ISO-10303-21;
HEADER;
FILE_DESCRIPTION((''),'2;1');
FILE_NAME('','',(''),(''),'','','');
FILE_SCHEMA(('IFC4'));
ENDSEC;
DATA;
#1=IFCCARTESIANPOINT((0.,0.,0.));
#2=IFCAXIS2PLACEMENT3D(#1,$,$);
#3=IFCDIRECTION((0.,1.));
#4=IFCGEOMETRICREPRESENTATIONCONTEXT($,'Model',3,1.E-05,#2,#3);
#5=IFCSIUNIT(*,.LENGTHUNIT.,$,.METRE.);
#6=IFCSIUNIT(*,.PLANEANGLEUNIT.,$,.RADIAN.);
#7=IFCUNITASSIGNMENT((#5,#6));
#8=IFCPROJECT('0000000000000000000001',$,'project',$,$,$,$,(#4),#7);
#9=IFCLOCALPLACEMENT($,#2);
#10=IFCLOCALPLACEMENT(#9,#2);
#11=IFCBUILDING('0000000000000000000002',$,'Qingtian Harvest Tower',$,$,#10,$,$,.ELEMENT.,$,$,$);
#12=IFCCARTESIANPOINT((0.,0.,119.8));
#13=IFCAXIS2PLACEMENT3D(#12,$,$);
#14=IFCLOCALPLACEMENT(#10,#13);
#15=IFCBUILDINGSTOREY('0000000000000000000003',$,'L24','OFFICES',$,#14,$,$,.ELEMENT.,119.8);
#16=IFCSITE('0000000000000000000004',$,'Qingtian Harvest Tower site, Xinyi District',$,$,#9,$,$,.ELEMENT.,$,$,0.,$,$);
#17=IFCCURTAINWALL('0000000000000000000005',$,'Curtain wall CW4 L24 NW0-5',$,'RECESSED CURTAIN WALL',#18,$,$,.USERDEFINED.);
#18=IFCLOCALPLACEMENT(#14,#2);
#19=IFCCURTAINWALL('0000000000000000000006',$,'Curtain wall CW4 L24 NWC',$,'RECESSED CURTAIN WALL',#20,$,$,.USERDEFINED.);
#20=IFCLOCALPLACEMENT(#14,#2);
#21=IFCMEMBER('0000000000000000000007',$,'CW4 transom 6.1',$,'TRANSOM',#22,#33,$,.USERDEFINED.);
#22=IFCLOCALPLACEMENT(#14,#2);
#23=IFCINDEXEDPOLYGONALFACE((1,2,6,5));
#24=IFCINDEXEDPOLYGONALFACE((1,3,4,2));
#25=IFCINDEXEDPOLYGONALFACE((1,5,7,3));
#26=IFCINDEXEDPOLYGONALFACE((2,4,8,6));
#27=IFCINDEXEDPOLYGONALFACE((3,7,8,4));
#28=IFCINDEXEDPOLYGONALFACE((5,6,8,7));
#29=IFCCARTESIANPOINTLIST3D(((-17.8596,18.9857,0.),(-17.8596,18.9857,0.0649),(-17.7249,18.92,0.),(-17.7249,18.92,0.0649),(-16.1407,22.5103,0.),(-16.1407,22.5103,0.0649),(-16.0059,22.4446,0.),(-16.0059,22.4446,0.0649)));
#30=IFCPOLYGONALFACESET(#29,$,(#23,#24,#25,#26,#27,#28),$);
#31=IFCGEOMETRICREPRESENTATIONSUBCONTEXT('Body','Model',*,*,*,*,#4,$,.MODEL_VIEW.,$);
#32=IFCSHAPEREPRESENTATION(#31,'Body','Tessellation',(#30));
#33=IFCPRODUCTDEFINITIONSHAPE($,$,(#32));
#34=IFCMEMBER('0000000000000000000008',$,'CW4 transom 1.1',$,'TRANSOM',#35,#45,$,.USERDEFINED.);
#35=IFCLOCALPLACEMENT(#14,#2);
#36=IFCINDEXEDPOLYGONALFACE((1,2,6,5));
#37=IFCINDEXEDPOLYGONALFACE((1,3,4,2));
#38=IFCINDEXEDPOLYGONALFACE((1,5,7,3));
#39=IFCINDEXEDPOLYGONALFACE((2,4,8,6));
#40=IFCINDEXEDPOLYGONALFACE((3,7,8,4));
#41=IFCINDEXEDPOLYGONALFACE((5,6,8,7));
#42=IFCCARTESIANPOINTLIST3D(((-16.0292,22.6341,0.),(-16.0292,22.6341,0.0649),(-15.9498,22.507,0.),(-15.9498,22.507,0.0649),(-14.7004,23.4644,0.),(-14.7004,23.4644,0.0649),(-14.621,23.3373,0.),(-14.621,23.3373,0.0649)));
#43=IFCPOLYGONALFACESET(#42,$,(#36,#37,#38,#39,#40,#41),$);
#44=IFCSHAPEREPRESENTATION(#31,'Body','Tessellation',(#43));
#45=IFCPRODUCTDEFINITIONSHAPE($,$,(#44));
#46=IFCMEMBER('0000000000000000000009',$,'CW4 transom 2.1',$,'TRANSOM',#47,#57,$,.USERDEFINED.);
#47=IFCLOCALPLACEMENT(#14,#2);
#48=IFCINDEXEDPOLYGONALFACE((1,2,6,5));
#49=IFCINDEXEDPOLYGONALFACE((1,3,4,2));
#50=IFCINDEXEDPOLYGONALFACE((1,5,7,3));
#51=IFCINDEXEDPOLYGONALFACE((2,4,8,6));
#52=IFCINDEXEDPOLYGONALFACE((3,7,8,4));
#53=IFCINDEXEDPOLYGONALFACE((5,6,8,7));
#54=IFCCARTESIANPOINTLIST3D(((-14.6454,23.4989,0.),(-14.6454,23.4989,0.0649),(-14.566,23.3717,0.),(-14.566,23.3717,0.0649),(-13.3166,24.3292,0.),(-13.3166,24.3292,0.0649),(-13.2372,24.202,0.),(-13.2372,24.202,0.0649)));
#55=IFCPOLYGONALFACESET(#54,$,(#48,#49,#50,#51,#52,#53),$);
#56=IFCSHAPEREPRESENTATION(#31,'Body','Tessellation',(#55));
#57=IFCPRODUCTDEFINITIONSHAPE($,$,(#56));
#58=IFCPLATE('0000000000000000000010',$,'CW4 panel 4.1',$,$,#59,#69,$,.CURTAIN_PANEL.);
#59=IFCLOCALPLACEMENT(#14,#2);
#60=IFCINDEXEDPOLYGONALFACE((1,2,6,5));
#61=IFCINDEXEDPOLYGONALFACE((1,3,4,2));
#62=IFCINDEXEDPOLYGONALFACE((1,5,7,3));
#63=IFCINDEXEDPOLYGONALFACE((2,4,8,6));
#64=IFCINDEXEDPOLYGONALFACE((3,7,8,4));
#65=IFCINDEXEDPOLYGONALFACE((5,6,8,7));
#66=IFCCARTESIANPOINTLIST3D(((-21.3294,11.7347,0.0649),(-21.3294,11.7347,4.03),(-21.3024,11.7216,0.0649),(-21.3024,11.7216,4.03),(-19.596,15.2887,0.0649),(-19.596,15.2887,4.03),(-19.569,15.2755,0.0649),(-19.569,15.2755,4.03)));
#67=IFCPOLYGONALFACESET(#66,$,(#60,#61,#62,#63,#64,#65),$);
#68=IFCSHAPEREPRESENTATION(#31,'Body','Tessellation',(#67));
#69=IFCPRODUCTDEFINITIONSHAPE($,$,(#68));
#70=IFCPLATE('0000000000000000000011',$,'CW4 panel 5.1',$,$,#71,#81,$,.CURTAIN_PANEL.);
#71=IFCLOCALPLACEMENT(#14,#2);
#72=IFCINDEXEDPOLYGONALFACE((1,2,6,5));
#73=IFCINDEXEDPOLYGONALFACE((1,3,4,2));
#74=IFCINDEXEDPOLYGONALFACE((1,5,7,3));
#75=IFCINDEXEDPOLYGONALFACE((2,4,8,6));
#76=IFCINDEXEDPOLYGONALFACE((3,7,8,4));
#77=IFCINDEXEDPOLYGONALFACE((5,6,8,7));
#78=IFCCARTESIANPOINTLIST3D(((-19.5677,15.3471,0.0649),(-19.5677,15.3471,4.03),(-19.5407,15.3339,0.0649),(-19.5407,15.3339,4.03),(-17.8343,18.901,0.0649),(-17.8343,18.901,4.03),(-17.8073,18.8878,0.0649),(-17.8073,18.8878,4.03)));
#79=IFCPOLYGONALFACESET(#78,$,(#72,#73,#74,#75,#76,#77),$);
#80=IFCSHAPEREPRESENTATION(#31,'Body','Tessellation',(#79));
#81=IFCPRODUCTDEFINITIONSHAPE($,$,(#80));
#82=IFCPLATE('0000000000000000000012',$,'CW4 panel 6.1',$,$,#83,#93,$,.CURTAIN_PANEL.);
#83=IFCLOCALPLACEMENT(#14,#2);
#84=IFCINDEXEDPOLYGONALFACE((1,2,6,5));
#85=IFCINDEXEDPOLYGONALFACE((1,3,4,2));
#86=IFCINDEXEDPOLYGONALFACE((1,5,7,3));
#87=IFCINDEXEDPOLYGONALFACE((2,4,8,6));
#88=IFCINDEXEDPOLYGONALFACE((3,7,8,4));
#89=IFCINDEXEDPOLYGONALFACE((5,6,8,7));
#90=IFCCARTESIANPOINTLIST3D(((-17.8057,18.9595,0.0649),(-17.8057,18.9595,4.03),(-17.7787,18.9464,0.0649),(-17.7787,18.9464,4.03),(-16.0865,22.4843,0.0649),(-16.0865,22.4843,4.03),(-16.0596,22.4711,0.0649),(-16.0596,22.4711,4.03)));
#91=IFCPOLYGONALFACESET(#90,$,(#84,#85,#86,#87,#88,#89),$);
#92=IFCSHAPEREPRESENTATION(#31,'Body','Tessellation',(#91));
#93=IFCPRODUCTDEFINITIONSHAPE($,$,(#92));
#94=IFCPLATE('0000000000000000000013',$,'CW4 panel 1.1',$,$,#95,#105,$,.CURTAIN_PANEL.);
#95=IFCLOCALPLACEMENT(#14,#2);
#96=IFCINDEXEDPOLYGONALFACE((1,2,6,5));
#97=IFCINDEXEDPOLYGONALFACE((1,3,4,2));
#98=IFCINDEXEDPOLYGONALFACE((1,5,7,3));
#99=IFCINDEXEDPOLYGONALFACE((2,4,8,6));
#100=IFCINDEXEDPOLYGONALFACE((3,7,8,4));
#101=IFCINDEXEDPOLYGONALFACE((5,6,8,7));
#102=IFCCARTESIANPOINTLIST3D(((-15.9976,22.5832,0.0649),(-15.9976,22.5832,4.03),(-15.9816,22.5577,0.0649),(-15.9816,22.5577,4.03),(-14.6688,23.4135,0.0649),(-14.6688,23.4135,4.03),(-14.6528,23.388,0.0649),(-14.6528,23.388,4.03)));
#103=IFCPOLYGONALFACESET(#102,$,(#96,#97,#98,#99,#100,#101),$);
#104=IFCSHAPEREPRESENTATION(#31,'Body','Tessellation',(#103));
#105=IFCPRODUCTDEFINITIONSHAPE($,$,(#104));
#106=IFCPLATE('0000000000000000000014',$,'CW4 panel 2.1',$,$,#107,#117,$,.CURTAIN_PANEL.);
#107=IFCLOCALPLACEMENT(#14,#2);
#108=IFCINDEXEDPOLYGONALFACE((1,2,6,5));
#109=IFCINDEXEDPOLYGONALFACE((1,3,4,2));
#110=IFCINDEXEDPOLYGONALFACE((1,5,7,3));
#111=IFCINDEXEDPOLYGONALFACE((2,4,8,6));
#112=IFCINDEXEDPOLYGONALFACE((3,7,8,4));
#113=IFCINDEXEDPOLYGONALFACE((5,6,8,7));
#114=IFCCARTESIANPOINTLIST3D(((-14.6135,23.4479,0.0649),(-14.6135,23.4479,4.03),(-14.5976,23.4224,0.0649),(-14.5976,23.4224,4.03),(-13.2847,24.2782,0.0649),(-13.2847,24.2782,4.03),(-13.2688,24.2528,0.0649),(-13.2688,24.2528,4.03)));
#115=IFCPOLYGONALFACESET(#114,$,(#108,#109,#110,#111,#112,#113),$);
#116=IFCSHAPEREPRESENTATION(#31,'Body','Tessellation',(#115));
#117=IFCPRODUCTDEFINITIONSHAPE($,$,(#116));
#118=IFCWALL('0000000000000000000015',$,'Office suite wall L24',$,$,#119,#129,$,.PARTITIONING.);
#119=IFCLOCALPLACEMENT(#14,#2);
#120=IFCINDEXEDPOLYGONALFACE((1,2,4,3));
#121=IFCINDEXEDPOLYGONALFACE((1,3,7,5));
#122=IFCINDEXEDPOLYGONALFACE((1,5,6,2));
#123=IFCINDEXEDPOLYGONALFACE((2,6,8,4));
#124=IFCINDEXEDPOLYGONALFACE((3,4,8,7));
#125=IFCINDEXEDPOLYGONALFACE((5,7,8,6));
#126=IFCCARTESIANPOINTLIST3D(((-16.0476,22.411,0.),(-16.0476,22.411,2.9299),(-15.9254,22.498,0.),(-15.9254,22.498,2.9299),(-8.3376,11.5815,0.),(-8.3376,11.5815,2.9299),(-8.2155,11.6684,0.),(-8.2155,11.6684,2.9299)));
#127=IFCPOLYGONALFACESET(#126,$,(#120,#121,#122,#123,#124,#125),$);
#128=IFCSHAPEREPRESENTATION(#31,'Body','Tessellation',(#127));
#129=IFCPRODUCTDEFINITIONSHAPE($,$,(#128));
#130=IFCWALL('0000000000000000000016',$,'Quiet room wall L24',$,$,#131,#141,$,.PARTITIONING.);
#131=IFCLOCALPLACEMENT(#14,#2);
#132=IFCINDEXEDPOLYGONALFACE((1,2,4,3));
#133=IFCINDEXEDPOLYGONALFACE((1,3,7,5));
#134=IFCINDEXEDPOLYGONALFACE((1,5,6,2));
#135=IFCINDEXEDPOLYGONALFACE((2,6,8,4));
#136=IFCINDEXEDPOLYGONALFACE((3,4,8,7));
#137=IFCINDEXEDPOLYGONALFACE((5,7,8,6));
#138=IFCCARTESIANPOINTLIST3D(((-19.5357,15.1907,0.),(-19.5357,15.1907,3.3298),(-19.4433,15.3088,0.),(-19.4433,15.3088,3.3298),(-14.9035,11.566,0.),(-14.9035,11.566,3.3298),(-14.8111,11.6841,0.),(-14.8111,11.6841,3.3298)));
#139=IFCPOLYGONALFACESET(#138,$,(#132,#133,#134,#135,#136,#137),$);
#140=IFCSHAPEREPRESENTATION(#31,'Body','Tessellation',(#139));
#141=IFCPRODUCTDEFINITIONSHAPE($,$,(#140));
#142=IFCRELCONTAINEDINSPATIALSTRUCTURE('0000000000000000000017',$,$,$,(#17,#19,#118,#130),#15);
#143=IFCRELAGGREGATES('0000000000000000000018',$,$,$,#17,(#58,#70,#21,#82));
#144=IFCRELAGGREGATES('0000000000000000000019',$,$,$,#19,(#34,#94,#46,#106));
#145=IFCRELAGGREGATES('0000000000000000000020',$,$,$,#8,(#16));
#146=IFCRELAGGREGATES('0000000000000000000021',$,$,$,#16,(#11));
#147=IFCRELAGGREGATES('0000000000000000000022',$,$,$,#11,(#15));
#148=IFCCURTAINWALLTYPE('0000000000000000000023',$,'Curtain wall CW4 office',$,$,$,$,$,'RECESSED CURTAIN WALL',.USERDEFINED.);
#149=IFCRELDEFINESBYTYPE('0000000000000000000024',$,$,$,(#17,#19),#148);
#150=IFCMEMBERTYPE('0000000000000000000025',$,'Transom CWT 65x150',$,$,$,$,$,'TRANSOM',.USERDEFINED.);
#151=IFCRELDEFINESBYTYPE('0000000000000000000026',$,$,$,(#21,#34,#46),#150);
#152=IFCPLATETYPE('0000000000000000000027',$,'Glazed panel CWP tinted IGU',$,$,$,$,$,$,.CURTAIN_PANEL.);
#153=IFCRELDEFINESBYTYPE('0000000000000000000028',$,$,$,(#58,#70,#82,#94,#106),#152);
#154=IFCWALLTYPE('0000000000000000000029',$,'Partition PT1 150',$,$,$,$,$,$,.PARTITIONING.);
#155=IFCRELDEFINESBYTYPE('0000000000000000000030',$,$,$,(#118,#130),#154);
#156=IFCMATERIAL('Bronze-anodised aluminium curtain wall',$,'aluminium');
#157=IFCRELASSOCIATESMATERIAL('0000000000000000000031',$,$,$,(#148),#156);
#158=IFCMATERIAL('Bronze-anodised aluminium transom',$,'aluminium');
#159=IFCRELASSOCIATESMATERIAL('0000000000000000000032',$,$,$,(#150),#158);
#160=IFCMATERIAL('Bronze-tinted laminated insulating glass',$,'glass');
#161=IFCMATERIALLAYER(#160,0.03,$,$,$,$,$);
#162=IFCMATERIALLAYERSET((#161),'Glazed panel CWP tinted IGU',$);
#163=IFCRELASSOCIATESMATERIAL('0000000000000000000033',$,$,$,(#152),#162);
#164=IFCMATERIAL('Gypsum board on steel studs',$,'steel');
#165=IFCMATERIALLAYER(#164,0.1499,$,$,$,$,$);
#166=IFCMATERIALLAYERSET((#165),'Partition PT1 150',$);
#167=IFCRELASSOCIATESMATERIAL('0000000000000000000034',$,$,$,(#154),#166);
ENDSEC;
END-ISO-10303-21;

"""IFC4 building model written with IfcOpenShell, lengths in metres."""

from ifc_helpers import new_model, si_unit, direction, frame, frame_2d, origin, origin_2d, place, context, subcontext, project, spatial, rectangle, extrude, material, layer, layer_set, material_profile, profile_set, type_object, element, aggregate, save


model = new_model("IFC4")

# Units and contexts
model_context = context("Model", 3, precision=1e-05, world=origin(), true_north=direction((0.0, 1.0)))
body_context = subcontext(model_context, "Body", "Model", "MODEL_VIEW")
ifc_project = project(units=[si_unit("LENGTHUNIT", "METRE"), si_unit("PLANEANGLEUNIT", "RADIAN")], contexts=[model_context])

# Site, building, storey
site_placement = place(None, origin())
site = spatial("IfcSite", under=ifc_project, at=site_placement, Name="Qingtian Harvest Tower site, Xinyi District", CompositionType="ELEMENT", RefElevation=0.0)
building_placement = place(site_placement, origin())
building = spatial("IfcBuilding", under=site, at=building_placement, Name="Qingtian Harvest Tower", CompositionType="ELEMENT")
storey_placement = place(building_placement, frame((0.0, 0.0, 119.8)))
storey = spatial("IfcBuildingStorey", under=building, at=storey_placement, Name="L24", Description="OFFICES", CompositionType="ELEMENT", Elevation=119.8)

# Curtain walls
ifc_material_1 = material(Name="Bronze-anodised aluminium curtain wall", Category="aluminium")
curtain_wall_type = type_object("IfcCurtainWallType", Name="Curtain wall CW4 office", ElementType="RECESSED CURTAIN WALL", PredefinedType="USERDEFINED", material=ifc_material_1)
curtain_wall_1_placement = place(storey_placement, origin())
curtain_wall_1 = element("IfcCurtainWall", 1, at=curtain_wall_1_placement, inside=storey, type_object=curtain_wall_type, Name="Curtain wall CW4 L24 NW0-5", ObjectType="RECESSED CURTAIN WALL", PredefinedType="USERDEFINED")
curtain_wall_2_placement = place(storey_placement, origin())
curtain_wall_2 = element("IfcCurtainWall", 2, at=curtain_wall_2_placement, inside=storey, type_object=curtain_wall_type, Name="Curtain wall CW4 L24 NWC", ObjectType="RECESSED CURTAIN WALL", PredefinedType="USERDEFINED")

# Members
ifc_material_2 = material(Name="Bronze-anodised aluminium transom", Category="aluminium")
ifc_material_profile_1 = material_profile(ifc_material_2, rectangle(XDim=0.1499, YDim=0.0649, at=origin_2d()), Name="AL 65x150")
ifc_profile_set_1 = profile_set([ifc_material_profile_1], Name="Bronze-anodised aluminium transom")
member_type_1 = type_object("IfcMemberType", Name="Transom CWT 65x150", ElementType="TRANSOM", PredefinedType="USERDEFINED", material=ifc_profile_set_1)
member_1_placement = place(storey_placement, frame((-17.7922, 18.9529, 0.0325), z_axis=(0.438351, 0.898804, 0.0), x_axis=(-0.898804, 0.438351, 0.0)))
member_1 = element("IfcMember", 3, at=member_1_placement, type_object=member_type_1, Name="CW4 transom 6.1", ObjectType="TRANSOM", PredefinedType="USERDEFINED", context=body_context, shape_type="SweptSolid", body=[
    extrude(rectangle(XDim=0.1499, YDim=0.0649, at=origin_2d()), origin(), (0.0, 0.0, 1.0), 3.9214),
])
member_2_placement = place(storey_placement, frame((-15.9895, 22.5706, 0.0325), z_axis=(0.84806, 0.529901, 0.0), x_axis=(-0.529901, 0.84806, 0.0)))
member_2 = element("IfcMember", 4, at=member_2_placement, type_object=member_type_1, Name="CW4 transom 1.1", ObjectType="TRANSOM", PredefinedType="USERDEFINED", context=body_context, shape_type="SweptSolid", body=[
    extrude(rectangle(XDim=0.1499, YDim=0.0649, at=origin_2d()), origin(), (0.0, 0.0, 1.0), 1.5669),
])
member_3_placement = place(storey_placement, frame((-14.6057, 23.4353, 0.0325), z_axis=(0.84806, 0.529901, 0.0), x_axis=(-0.529901, 0.84806, 0.0)))
member_3 = element("IfcMember", 5, at=member_3_placement, type_object=member_type_1, Name="CW4 transom 2.1", ObjectType="TRANSOM", PredefinedType="USERDEFINED", context=body_context, shape_type="SweptSolid", body=[
    extrude(rectangle(XDim=0.1499, YDim=0.0649, at=origin_2d()), origin(), (0.0, 0.0, 1.0), 1.5669),
])

# Plates
ifc_material_3 = material(Name="Bronze-tinted laminated insulating glass", Category="glass")
ifc_layer_1 = layer(ifc_material_3, 0.03)
ifc_layer_set_1 = layer_set([ifc_layer_1], Name="Glazed panel CWP tinted IGU")
plate_type = type_object("IfcPlateType", Name="Glazed panel CWP tinted IGU", PredefinedType="CURTAIN_PANEL", material=ifc_layer_set_1)
plate_1_placement = place(storey_placement, frame((-20.4492, 13.5051, 0.0649), z_axis=(0.0, 0.0, 1.0), x_axis=(0.438371, 0.898794, 0.0)))
plate_1 = element("IfcPlate", 6, at=plate_1_placement, type_object=plate_type, Name="CW4 panel 4.1", PredefinedType="CURTAIN_PANEL", context=body_context, shape_type="SweptSolid", body=[
    extrude(rectangle(XDim=3.9541, YDim=0.03, at=origin_2d()), origin(), (0.0, 0.0, 1.0), 3.9651),
])
plate_2_placement = place(storey_placement, frame((-18.6875, 17.1174, 0.0649), z_axis=(0.0, 0.0, 1.0), x_axis=(0.438371, 0.898794, 0.0)))
plate_2 = element("IfcPlate", 7, at=plate_2_placement, type_object=plate_type, Name="CW4 panel 5.1", PredefinedType="CURTAIN_PANEL", context=body_context, shape_type="SweptSolid", body=[
    extrude(rectangle(XDim=3.9541, YDim=0.03, at=origin_2d()), origin(), (0.0, 0.0, 1.0), 3.9651),
])
plate_3_placement = place(storey_placement, frame((-16.9326, 20.7153, 0.0649), z_axis=(0.0, 0.0, 1.0), x_axis=(0.438371, 0.898794, 0.0)))
plate_3 = element("IfcPlate", 8, at=plate_3_placement, type_object=plate_type, Name="CW4 panel 6.1", PredefinedType="CURTAIN_PANEL", context=body_context, shape_type="SweptSolid", body=[
    extrude(rectangle(XDim=3.9216, YDim=0.03, at=origin_2d()), origin(), (0.0, 0.0, 1.0), 3.9651),
])
aggregate(curtain_wall_1, [plate_1, plate_2, member_1, plate_3])
plate_4_placement = place(storey_placement, frame((-15.3252, 22.9856, 0.0649), z_axis=(0.0, 0.0, 1.0), x_axis=(0.848048, 0.529919, 0.0)))
plate_4 = element("IfcPlate", 9, at=plate_4_placement, type_object=plate_type, Name="CW4 panel 1.1", PredefinedType="CURTAIN_PANEL", context=body_context, shape_type="SweptSolid", body=[
    extrude(rectangle(XDim=1.5669, YDim=0.03, at=origin_2d()), origin(), (0.0, 0.0, 1.0), 3.9651),
])
plate_5_placement = place(storey_placement, frame((-13.9412, 23.8503, 0.0649), z_axis=(0.0, 0.0, 1.0), x_axis=(0.848048, 0.529919, 0.0)))
plate_5 = element("IfcPlate", 10, at=plate_5_placement, type_object=plate_type, Name="CW4 panel 2.1", PredefinedType="CURTAIN_PANEL", context=body_context, shape_type="SweptSolid", body=[
    extrude(rectangle(XDim=1.5669, YDim=0.03, at=origin_2d()), origin(), (0.0, 0.0, 1.0), 3.9651),
])
aggregate(curtain_wall_2, [member_2, plate_4, member_3, plate_5])

# Walls
ifc_material_4 = material(Name="Gypsum board on steel studs", Category="steel")
ifc_layer_2 = layer(ifc_material_4, 0.1499)
ifc_layer_set_2 = layer_set([ifc_layer_2], Name="Partition PT1 150")
wall_type = type_object("IfcWallType", Name="Partition PT1 150", PredefinedType="PARTITIONING", material=ifc_layer_set_2)
wall_1_placement = place(storey_placement, frame((-15.9866, 22.4546, 0.0), z_axis=(0.0, 0.0, 1.0), x_axis=(0.579969, -0.814638, 0.0)))
element("IfcWall", 11, at=wall_1_placement, inside=storey, type_object=wall_type, Name="Office suite wall L24", PredefinedType="PARTITIONING", context=body_context, shape_type="SweptSolid", body=[
    extrude(rectangle(XDim=13.2937, YDim=0.1499, at=frame_2d((6.647, 0.0))), origin(), (0.0, 0.0, 1.0), 2.9299),
])
wall_2_placement = place(storey_placement, frame((-19.4895, 15.2498, 0.0), z_axis=(0.0, 0.0, 1.0), x_axis=(0.78755, -0.616251, 0.0)))
element("IfcWall", 12, at=wall_2_placement, inside=storey, type_object=wall_type, Name="Quiet room wall L24", PredefinedType="PARTITIONING", context=body_context, shape_type="SweptSolid", body=[
    extrude(rectangle(XDim=5.8818, YDim=0.1499, at=frame_2d((2.9409, 0.0))), origin(), (0.0, 0.0, 1.0), 3.3298),
])

save(model, "model.ifc")
